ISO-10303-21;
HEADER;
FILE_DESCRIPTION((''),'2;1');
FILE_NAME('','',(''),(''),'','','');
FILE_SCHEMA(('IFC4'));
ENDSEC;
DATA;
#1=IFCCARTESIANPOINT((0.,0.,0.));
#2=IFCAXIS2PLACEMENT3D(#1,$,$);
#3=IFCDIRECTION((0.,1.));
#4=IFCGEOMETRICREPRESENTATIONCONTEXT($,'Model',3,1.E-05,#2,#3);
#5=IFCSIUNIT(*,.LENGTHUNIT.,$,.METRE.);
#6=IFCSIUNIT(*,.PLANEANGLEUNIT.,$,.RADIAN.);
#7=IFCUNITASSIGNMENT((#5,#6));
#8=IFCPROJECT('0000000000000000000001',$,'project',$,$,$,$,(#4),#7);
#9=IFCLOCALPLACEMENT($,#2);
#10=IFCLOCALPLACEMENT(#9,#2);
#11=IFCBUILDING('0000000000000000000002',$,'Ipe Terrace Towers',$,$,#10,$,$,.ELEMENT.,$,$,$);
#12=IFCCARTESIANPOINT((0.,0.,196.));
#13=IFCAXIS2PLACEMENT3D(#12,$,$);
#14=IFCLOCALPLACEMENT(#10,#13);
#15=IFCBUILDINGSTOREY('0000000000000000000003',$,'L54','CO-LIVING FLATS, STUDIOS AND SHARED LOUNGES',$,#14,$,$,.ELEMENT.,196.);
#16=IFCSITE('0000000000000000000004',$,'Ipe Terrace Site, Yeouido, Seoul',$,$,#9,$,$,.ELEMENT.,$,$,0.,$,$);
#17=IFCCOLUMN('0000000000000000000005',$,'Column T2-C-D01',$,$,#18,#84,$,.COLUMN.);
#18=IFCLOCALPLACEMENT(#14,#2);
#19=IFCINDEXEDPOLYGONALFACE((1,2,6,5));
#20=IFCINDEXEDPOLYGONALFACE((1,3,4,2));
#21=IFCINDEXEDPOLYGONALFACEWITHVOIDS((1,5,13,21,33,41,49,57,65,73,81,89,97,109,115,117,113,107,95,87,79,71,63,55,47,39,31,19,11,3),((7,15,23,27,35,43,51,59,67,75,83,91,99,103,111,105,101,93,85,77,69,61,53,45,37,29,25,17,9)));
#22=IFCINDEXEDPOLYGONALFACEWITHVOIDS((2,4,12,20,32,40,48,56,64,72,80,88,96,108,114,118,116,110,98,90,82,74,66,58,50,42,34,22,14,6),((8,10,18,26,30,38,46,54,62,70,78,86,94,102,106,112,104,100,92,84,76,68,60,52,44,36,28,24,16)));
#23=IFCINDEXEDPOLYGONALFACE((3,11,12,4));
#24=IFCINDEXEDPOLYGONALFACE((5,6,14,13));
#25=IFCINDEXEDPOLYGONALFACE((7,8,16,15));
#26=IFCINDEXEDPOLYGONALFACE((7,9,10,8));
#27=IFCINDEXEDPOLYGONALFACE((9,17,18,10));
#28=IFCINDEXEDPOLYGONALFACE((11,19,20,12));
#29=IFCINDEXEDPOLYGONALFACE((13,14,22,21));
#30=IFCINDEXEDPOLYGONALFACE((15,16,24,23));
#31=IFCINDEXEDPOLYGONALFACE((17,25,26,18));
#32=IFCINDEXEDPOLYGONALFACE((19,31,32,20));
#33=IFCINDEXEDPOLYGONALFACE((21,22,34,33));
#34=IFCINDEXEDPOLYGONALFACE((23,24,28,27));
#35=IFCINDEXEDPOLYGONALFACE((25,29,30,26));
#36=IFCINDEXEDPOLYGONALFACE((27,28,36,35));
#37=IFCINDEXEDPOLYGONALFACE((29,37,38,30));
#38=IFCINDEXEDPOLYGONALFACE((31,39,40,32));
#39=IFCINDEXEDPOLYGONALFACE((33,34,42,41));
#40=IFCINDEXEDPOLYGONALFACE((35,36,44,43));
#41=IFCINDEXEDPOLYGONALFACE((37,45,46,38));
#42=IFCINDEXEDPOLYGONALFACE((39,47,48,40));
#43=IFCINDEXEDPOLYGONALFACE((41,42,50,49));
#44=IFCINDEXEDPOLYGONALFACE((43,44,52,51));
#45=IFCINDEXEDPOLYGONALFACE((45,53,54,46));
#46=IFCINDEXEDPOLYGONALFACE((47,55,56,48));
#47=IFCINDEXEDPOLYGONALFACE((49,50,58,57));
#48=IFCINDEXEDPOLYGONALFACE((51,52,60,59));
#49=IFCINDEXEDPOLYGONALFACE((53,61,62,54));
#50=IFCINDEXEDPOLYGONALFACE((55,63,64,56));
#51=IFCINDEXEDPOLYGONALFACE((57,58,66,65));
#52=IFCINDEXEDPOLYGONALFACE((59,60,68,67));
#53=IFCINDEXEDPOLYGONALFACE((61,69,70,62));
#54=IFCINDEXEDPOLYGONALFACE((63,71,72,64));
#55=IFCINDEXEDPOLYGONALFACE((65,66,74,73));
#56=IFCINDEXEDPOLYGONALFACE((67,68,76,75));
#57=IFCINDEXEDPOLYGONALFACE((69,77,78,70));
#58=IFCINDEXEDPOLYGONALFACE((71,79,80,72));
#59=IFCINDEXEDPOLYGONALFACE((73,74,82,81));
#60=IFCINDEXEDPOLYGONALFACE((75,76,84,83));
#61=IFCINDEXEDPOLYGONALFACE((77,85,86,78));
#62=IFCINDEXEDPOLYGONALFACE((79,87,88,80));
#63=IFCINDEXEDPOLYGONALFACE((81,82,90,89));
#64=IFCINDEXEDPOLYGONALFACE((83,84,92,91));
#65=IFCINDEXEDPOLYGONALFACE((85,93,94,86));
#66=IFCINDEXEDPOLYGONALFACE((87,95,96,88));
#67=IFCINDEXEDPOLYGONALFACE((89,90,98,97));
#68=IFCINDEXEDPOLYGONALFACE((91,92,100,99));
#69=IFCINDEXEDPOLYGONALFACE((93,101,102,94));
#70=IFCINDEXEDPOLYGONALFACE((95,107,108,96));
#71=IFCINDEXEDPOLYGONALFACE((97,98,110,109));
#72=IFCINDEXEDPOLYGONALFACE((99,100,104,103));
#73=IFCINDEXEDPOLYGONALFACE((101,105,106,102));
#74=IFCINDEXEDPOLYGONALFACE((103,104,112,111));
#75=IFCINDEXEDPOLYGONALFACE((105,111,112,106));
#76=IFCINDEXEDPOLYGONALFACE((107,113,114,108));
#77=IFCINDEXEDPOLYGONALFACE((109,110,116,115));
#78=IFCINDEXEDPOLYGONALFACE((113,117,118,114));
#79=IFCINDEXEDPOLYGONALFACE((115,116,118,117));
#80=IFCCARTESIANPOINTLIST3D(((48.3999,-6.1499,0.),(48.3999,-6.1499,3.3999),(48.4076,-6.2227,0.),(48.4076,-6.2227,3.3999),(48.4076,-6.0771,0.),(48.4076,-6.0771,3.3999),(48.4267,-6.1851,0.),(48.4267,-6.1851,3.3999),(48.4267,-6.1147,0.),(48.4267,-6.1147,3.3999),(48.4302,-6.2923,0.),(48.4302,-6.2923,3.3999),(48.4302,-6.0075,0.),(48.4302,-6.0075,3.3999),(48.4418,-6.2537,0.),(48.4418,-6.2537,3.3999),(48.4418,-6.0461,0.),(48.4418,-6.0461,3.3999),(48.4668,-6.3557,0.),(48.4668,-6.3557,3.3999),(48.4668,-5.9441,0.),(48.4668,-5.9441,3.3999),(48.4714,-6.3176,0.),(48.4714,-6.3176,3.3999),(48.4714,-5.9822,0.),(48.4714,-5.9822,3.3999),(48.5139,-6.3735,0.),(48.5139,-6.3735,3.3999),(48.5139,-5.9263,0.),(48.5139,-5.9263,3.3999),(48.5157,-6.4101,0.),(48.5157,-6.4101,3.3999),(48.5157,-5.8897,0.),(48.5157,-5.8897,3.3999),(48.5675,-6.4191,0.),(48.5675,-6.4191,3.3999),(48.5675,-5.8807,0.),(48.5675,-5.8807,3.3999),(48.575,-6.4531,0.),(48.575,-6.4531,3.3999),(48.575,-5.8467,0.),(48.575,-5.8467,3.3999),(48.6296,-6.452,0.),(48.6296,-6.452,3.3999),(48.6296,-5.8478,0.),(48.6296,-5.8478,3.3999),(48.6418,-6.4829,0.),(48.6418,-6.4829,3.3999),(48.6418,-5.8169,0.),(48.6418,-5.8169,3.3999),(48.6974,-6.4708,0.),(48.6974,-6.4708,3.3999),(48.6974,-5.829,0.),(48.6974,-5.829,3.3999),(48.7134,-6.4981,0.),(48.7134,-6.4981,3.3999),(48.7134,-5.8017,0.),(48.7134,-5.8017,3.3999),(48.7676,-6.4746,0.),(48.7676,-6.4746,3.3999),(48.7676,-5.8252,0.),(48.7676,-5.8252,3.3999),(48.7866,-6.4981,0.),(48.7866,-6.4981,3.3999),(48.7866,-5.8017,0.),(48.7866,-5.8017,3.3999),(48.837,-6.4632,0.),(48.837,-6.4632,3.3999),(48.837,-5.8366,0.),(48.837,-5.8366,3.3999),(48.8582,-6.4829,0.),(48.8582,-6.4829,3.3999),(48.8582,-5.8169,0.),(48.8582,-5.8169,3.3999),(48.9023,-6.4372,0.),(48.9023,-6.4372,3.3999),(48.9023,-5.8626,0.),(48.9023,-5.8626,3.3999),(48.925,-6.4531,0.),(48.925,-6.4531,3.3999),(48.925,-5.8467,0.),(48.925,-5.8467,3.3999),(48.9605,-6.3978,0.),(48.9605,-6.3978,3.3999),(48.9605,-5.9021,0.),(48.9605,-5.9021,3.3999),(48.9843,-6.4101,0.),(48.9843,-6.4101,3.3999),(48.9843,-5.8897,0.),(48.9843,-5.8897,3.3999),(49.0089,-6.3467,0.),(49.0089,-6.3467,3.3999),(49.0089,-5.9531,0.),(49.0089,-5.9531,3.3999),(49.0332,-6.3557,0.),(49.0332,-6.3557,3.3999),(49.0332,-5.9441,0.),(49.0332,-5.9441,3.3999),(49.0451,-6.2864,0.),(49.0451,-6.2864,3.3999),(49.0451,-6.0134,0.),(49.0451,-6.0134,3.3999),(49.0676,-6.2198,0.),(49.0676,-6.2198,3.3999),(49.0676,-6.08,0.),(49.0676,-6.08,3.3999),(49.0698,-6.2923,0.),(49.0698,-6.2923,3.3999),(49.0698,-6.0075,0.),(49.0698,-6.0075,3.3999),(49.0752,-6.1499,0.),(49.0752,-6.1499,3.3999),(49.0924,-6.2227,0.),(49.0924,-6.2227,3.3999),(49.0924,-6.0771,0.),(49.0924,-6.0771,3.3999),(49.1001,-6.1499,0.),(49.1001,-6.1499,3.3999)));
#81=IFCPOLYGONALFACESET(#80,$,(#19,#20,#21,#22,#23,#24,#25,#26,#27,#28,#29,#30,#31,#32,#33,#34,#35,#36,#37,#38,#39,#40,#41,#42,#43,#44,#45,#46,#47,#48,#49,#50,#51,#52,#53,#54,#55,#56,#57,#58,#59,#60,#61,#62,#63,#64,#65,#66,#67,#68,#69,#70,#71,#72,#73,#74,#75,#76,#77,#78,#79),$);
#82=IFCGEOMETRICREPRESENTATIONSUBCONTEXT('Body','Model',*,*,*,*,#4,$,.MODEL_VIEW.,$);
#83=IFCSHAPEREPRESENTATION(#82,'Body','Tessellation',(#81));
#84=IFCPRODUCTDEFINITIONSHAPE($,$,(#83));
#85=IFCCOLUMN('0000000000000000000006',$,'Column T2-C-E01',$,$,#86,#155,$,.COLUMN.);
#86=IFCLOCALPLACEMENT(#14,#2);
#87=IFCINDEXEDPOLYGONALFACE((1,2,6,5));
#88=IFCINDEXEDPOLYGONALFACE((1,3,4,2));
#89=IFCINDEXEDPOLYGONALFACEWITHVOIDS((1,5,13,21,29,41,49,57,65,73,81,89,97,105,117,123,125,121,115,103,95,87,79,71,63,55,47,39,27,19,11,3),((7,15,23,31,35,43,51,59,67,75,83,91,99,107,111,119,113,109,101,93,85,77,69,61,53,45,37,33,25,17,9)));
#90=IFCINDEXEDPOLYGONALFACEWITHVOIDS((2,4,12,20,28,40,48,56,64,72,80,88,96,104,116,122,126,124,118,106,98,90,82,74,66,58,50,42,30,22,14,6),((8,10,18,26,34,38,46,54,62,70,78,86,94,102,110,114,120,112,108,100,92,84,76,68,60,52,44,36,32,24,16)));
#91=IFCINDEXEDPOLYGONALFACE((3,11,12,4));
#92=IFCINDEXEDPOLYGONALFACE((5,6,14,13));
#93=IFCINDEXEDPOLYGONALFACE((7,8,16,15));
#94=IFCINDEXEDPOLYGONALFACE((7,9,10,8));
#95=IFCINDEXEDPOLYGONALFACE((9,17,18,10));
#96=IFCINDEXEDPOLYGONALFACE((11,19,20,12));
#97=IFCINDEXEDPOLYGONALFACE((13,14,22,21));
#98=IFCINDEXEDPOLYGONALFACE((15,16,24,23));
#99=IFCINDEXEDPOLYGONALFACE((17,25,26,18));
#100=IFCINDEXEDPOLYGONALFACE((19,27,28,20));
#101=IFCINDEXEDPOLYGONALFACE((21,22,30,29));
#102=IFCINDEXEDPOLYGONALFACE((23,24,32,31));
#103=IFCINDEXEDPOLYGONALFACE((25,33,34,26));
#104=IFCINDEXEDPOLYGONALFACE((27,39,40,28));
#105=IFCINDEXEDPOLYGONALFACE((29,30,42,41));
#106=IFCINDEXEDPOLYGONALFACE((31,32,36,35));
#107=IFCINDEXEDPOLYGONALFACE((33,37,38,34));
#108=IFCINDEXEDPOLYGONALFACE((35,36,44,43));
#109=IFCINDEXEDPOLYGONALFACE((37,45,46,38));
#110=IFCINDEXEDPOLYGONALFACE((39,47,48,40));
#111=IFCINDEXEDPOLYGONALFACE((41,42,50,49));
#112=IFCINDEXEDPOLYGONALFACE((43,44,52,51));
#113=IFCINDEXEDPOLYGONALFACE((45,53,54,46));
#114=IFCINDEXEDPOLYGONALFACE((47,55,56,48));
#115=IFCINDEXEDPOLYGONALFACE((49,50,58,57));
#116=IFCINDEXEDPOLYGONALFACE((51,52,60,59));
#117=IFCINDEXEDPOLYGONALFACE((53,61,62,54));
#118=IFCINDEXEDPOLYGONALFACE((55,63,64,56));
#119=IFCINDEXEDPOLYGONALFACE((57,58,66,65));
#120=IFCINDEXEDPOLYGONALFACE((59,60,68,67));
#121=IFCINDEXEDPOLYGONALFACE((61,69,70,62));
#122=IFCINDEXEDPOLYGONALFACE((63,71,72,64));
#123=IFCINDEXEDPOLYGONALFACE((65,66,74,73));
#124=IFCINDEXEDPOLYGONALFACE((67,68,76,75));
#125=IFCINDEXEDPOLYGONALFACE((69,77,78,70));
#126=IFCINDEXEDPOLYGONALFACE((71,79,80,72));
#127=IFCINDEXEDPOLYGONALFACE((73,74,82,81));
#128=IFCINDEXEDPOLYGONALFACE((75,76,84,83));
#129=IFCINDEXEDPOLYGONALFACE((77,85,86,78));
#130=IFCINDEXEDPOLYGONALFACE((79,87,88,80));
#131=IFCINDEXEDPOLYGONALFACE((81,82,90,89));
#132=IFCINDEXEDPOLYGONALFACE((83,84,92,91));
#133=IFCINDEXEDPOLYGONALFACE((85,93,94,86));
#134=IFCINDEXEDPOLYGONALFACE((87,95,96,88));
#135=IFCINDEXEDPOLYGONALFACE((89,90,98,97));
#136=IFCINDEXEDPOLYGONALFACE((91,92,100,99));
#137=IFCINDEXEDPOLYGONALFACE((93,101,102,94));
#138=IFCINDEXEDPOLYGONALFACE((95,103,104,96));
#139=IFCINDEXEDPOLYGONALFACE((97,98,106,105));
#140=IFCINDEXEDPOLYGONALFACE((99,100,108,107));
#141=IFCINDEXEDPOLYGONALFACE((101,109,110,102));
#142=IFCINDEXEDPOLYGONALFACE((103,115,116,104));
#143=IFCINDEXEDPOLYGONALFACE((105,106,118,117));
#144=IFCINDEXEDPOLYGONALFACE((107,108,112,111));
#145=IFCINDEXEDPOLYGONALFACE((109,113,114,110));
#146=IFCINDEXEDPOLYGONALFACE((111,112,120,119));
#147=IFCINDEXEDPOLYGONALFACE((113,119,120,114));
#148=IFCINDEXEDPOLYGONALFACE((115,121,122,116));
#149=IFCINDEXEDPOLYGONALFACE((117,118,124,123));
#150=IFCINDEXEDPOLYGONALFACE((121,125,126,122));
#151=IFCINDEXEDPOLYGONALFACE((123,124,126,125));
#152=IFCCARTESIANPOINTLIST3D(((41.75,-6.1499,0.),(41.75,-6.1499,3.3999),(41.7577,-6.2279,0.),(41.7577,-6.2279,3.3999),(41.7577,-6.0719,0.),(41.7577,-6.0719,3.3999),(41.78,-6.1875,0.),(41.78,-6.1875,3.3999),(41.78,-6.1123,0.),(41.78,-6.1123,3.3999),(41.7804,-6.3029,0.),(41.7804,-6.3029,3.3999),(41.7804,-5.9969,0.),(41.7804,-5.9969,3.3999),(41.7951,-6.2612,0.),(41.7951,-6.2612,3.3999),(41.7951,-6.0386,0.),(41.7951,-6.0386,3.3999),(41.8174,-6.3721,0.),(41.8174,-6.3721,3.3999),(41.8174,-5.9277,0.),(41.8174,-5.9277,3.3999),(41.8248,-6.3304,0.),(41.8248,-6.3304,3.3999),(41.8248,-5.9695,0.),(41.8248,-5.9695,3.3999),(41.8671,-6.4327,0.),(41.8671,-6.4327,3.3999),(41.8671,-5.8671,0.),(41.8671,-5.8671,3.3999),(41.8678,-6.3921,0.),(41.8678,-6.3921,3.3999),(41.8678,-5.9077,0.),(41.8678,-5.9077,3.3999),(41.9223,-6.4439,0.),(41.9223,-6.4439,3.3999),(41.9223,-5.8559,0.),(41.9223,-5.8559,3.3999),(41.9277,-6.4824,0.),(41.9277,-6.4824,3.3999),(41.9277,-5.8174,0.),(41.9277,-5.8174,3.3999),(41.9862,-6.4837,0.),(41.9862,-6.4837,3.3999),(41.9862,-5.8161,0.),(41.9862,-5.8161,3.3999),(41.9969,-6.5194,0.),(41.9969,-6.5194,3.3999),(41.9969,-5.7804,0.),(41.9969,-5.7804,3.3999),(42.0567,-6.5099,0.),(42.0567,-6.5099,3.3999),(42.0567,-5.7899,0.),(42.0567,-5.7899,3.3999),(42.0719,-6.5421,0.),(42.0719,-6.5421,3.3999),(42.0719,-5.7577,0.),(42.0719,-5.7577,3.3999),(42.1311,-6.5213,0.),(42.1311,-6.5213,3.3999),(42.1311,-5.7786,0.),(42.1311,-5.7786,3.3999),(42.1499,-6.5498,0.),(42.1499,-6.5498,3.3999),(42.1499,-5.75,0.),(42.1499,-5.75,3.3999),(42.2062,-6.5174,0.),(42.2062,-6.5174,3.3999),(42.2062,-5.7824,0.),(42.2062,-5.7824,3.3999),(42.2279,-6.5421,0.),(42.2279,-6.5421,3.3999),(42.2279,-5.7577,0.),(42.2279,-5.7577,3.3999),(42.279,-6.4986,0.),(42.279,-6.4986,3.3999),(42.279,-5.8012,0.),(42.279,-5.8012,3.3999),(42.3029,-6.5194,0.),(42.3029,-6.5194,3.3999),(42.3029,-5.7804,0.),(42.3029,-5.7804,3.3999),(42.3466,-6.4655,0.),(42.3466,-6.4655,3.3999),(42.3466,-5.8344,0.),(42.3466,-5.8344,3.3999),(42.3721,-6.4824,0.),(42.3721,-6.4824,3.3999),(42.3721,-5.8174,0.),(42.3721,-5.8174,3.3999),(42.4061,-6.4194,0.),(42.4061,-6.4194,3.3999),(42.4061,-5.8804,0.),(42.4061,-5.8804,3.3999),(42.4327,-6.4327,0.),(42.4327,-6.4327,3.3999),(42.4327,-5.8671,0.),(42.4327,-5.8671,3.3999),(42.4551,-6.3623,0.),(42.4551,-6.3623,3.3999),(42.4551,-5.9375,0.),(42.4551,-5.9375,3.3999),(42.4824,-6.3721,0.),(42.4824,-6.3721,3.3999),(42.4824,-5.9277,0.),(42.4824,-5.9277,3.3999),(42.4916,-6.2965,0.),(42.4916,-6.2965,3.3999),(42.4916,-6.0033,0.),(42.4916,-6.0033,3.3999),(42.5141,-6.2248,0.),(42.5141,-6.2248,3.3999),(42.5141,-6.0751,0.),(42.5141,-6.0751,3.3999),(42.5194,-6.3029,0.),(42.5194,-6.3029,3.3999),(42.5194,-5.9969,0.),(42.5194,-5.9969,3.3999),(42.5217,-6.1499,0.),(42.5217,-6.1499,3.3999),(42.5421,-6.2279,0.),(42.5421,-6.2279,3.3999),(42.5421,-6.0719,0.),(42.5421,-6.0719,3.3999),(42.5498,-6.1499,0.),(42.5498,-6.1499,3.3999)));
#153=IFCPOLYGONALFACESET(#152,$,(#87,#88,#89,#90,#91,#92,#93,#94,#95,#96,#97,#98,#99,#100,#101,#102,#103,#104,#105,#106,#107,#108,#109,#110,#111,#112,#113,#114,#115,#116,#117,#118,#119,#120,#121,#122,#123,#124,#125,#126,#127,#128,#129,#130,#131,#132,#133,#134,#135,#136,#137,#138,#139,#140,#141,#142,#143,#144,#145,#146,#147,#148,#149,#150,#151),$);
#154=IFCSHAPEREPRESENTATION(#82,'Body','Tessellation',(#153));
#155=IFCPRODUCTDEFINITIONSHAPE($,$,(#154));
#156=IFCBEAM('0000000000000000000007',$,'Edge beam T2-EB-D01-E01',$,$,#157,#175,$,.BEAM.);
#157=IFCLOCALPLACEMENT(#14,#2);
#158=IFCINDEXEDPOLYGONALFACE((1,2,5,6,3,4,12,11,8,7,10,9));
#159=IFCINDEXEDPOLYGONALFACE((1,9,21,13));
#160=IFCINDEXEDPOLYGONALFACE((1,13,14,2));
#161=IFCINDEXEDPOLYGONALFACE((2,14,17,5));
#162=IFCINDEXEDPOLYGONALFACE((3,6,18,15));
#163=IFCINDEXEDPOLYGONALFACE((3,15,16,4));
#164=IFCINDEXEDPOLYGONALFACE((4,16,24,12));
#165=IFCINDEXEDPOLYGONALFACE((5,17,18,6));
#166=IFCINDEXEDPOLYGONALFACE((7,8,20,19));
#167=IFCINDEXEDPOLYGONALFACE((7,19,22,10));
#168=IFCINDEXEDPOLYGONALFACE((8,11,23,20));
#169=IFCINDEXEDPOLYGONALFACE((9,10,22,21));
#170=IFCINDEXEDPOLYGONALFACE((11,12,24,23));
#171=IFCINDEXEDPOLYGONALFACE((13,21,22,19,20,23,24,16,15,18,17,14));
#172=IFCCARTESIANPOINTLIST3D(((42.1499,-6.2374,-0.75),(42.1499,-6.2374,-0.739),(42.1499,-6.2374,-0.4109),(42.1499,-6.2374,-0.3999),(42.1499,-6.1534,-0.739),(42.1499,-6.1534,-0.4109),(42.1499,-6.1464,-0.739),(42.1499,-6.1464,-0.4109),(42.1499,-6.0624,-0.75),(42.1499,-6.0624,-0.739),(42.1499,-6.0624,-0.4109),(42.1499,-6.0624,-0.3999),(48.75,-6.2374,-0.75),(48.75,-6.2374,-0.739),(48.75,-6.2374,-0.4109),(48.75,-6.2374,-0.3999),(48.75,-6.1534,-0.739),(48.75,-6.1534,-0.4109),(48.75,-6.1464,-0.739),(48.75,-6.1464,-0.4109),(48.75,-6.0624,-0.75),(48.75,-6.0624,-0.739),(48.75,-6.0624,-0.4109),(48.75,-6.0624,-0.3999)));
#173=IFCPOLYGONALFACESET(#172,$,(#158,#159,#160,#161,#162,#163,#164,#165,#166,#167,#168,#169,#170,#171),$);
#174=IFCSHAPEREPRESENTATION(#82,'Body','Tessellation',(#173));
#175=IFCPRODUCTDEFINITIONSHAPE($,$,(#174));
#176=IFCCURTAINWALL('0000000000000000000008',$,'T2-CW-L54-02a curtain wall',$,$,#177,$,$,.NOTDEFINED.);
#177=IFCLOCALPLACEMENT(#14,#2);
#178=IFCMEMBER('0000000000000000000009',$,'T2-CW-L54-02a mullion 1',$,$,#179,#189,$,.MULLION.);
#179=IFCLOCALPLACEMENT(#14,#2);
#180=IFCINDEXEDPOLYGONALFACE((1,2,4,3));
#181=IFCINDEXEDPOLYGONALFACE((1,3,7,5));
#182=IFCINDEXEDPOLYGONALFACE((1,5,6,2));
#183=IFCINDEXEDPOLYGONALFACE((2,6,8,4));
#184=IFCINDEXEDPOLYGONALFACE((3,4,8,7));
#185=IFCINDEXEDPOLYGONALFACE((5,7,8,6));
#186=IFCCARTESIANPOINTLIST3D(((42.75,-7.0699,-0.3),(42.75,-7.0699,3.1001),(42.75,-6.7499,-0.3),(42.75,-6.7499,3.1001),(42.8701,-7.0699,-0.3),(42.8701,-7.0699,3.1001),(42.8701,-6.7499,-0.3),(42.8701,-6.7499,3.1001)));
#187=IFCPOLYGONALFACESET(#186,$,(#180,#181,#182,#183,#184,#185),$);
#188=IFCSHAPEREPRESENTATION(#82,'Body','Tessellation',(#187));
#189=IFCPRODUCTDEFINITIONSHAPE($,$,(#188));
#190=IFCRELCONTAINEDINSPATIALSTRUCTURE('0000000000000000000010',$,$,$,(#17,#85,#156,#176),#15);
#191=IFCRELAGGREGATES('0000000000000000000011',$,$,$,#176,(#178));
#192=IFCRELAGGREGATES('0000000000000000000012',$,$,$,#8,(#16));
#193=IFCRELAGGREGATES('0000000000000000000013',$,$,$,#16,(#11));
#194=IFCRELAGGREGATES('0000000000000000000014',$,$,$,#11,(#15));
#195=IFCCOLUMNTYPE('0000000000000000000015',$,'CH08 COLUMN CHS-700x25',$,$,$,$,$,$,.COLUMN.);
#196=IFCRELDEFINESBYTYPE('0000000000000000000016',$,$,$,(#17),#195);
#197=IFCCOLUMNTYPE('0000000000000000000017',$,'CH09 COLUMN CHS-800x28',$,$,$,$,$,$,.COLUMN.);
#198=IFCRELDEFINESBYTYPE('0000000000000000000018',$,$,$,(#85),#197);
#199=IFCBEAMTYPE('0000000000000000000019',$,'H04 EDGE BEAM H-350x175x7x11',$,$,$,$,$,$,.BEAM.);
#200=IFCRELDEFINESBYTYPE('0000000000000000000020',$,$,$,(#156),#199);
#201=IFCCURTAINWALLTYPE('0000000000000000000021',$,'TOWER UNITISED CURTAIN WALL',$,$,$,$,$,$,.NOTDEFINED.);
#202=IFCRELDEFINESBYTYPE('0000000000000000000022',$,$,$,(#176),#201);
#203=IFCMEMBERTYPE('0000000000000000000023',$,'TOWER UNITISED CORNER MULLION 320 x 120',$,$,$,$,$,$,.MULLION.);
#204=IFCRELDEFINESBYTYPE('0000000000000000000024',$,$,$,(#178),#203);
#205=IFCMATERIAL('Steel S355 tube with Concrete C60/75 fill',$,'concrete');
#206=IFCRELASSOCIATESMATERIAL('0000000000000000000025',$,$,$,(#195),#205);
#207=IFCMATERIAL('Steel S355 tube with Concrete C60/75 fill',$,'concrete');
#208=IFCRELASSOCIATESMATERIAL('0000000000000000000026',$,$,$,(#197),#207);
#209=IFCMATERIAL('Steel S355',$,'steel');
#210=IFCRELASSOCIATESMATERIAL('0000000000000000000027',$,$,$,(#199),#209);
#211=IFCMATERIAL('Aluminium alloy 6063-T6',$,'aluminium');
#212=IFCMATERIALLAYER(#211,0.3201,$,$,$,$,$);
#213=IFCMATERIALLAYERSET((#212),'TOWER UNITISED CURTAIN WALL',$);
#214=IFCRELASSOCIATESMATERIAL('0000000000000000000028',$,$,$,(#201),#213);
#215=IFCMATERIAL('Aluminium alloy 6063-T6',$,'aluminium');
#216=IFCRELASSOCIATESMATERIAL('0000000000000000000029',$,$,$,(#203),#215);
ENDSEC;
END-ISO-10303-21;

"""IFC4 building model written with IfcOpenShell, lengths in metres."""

from ifc_helpers import new_model, si_unit, direction, frame, origin, origin_2d, place, context, subcontext, project, spatial, rectangle, hollow_circle, i_section, extrude, material, layer, layer_set, material_profile, profile_set, type_object, element, aggregate, save


model = new_model("IFC4")

# Units and contexts
model_context = context("Model", 3, precision=1e-05, world=origin(), true_north=direction((0.0, 1.0)))
body_context = subcontext(model_context, "Body", "Model", "MODEL_VIEW")
ifc_project = project(units=[si_unit("LENGTHUNIT", "METRE"), si_unit("PLANEANGLEUNIT", "RADIAN")], contexts=[model_context])

# Site, building, storey
site_placement = place(None, origin())
site = spatial("IfcSite", under=ifc_project, at=site_placement, Name="Ipe Terrace Site, Yeouido, Seoul", CompositionType="ELEMENT", RefElevation=0.0)
building_placement = place(site_placement, origin())
building = spatial("IfcBuilding", under=site, at=building_placement, Name="Ipe Terrace Towers", CompositionType="ELEMENT")
storey_placement = place(building_placement, frame((0.0, 0.0, 196.0)))
storey = spatial("IfcBuildingStorey", under=building, at=storey_placement, Name="L54", Description="CO-LIVING FLATS, STUDIOS AND SHARED LOUNGES", CompositionType="ELEMENT", Elevation=196.0)

# Columns
ifc_material_1 = material(Name="Steel S355 tube with Concrete C60/75 fill", Category="concrete")
ifc_material_profile_1 = material_profile(ifc_material_1, hollow_circle(Radius=0.3501, WallThickness=0.0249, at=origin_2d()), Name="CHS-700x25")
ifc_profile_set_1 = profile_set([ifc_material_profile_1], Name="Steel S355 tube with Concrete C60/75 fill")
column_type_1 = type_object("IfcColumnType", Name="CH08 COLUMN CHS-700x25", PredefinedType="COLUMN", material=ifc_profile_set_1)
column_1_placement = place(storey_placement, frame((48.75, -6.1499, 0.0), z_axis=(0.0, 0.0, 1.0), x_axis=(1.0, 0.0, 0.0)))
element("IfcColumn", 1, at=column_1_placement, inside=storey, type_object=column_type_1, Name="Column T2-C-D01", PredefinedType="COLUMN", context=body_context, shape_type="SweptSolid", body=[
    extrude(hollow_circle(Radius=0.3501, WallThickness=0.0249, at=origin_2d()), origin(), (0.0, 0.0, 1.0), 3.3999),
])
ifc_material_2 = material(Name="Steel S355 tube with Concrete C60/75 fill", Category="concrete")
ifc_material_profile_2 = material_profile(ifc_material_2, hollow_circle(Radius=0.3999, WallThickness=0.0281, at=origin_2d()), Name="CHS-800x28")
ifc_profile_set_2 = profile_set([ifc_material_profile_2], Name="Steel S355 tube with Concrete C60/75 fill")
column_type_2 = type_object("IfcColumnType", Name="CH09 COLUMN CHS-800x28", PredefinedType="COLUMN", material=ifc_profile_set_2)
column_2_placement = place(storey_placement, frame((42.1499, -6.1499, 0.0), z_axis=(0.0, 0.0, 1.0), x_axis=(1.0, 0.0, 0.0)))
element("IfcColumn", 2, at=column_2_placement, inside=storey, type_object=column_type_2, Name="Column T2-C-E01", PredefinedType="COLUMN", context=body_context, shape_type="SweptSolid", body=[
    extrude(hollow_circle(Radius=0.3999, WallThickness=0.0281, at=origin_2d()), origin(), (0.0, 0.0, 1.0), 3.3999),
])

# Beam
ifc_material_3 = material(Name="Steel S355", Category="steel")
ifc_material_profile_3 = material_profile(ifc_material_3, i_section(OverallWidth=0.175, OverallDepth=0.3501, WebThickness=0.0071, FlangeThickness=0.011, at=origin_2d()), Name="H-350x175x7x11")
ifc_profile_set_3 = profile_set([ifc_material_profile_3], Name="Steel S355")
beam_type = type_object("IfcBeamType", Name="H04 EDGE BEAM H-350x175x7x11", PredefinedType="BEAM", material=ifc_profile_set_3)
beam_placement = place(storey_placement, frame((48.75, -6.1499, -0.575), z_axis=(-1.0, 0.0, 0.0), x_axis=(0.0, -1.0, 0.0)))
element("IfcBeam", 3, at=beam_placement, inside=storey, type_object=beam_type, Name="Edge beam T2-EB-D01-E01", PredefinedType="BEAM", context=body_context, shape_type="SweptSolid", body=[
    extrude(i_section(OverallWidth=0.175, OverallDepth=0.3501, WebThickness=0.0071, FlangeThickness=0.011, at=origin_2d()), origin(), (0.0, 0.0, 1.0), 6.6001),
])

# Curtain wall, member
ifc_material_4 = material(Name="Aluminium alloy 6063-T6", Category="aluminium")
ifc_layer_1 = layer(ifc_material_4, 0.3201)
ifc_layer_set_1 = layer_set([ifc_layer_1], Name="TOWER UNITISED CURTAIN WALL")
curtain_wall_type = type_object("IfcCurtainWallType", Name="TOWER UNITISED CURTAIN WALL", PredefinedType="NOTDEFINED", material=ifc_layer_set_1)
curtain_wall_1_placement = place(storey_placement, origin())
curtain_wall_1 = element("IfcCurtainWall", 4, at=curtain_wall_1_placement, inside=storey, type_object=curtain_wall_type, Name="T2-CW-L54-02a curtain wall", PredefinedType="NOTDEFINED")
ifc_material_5 = material(Name="Aluminium alloy 6063-T6", Category="aluminium")
ifc_material_profile_4 = material_profile(ifc_material_5, rectangle(XDim=0.3201, YDim=0.1201, at=origin_2d()), Name="TOWER UNITISED CORNER MULLION 320 x 120")
ifc_profile_set_4 = profile_set([ifc_material_profile_4], Name="Aluminium alloy 6063-T6")
member_type = type_object("IfcMemberType", Name="TOWER UNITISED CORNER MULLION 320 x 120", PredefinedType="MULLION", material=ifc_profile_set_4)
member_1_placement = place(storey_placement, frame((42.8101, -6.9099, -0.3), z_axis=(0.0, 0.0, 1.0), x_axis=(0.0, -1.0, 0.0)))
member_1 = element("IfcMember", 5, at=member_1_placement, type_object=member_type, Name="T2-CW-L54-02a mullion 1", PredefinedType="MULLION", context=body_context, shape_type="SweptSolid", body=[
    extrude(rectangle(XDim=0.3201, YDim=0.1201, at=origin_2d()), origin(), (0.0, 0.0, 1.0), 3.4001),
])

aggregate(curtain_wall_1, [member_1])

save(model, "model.ifc")
